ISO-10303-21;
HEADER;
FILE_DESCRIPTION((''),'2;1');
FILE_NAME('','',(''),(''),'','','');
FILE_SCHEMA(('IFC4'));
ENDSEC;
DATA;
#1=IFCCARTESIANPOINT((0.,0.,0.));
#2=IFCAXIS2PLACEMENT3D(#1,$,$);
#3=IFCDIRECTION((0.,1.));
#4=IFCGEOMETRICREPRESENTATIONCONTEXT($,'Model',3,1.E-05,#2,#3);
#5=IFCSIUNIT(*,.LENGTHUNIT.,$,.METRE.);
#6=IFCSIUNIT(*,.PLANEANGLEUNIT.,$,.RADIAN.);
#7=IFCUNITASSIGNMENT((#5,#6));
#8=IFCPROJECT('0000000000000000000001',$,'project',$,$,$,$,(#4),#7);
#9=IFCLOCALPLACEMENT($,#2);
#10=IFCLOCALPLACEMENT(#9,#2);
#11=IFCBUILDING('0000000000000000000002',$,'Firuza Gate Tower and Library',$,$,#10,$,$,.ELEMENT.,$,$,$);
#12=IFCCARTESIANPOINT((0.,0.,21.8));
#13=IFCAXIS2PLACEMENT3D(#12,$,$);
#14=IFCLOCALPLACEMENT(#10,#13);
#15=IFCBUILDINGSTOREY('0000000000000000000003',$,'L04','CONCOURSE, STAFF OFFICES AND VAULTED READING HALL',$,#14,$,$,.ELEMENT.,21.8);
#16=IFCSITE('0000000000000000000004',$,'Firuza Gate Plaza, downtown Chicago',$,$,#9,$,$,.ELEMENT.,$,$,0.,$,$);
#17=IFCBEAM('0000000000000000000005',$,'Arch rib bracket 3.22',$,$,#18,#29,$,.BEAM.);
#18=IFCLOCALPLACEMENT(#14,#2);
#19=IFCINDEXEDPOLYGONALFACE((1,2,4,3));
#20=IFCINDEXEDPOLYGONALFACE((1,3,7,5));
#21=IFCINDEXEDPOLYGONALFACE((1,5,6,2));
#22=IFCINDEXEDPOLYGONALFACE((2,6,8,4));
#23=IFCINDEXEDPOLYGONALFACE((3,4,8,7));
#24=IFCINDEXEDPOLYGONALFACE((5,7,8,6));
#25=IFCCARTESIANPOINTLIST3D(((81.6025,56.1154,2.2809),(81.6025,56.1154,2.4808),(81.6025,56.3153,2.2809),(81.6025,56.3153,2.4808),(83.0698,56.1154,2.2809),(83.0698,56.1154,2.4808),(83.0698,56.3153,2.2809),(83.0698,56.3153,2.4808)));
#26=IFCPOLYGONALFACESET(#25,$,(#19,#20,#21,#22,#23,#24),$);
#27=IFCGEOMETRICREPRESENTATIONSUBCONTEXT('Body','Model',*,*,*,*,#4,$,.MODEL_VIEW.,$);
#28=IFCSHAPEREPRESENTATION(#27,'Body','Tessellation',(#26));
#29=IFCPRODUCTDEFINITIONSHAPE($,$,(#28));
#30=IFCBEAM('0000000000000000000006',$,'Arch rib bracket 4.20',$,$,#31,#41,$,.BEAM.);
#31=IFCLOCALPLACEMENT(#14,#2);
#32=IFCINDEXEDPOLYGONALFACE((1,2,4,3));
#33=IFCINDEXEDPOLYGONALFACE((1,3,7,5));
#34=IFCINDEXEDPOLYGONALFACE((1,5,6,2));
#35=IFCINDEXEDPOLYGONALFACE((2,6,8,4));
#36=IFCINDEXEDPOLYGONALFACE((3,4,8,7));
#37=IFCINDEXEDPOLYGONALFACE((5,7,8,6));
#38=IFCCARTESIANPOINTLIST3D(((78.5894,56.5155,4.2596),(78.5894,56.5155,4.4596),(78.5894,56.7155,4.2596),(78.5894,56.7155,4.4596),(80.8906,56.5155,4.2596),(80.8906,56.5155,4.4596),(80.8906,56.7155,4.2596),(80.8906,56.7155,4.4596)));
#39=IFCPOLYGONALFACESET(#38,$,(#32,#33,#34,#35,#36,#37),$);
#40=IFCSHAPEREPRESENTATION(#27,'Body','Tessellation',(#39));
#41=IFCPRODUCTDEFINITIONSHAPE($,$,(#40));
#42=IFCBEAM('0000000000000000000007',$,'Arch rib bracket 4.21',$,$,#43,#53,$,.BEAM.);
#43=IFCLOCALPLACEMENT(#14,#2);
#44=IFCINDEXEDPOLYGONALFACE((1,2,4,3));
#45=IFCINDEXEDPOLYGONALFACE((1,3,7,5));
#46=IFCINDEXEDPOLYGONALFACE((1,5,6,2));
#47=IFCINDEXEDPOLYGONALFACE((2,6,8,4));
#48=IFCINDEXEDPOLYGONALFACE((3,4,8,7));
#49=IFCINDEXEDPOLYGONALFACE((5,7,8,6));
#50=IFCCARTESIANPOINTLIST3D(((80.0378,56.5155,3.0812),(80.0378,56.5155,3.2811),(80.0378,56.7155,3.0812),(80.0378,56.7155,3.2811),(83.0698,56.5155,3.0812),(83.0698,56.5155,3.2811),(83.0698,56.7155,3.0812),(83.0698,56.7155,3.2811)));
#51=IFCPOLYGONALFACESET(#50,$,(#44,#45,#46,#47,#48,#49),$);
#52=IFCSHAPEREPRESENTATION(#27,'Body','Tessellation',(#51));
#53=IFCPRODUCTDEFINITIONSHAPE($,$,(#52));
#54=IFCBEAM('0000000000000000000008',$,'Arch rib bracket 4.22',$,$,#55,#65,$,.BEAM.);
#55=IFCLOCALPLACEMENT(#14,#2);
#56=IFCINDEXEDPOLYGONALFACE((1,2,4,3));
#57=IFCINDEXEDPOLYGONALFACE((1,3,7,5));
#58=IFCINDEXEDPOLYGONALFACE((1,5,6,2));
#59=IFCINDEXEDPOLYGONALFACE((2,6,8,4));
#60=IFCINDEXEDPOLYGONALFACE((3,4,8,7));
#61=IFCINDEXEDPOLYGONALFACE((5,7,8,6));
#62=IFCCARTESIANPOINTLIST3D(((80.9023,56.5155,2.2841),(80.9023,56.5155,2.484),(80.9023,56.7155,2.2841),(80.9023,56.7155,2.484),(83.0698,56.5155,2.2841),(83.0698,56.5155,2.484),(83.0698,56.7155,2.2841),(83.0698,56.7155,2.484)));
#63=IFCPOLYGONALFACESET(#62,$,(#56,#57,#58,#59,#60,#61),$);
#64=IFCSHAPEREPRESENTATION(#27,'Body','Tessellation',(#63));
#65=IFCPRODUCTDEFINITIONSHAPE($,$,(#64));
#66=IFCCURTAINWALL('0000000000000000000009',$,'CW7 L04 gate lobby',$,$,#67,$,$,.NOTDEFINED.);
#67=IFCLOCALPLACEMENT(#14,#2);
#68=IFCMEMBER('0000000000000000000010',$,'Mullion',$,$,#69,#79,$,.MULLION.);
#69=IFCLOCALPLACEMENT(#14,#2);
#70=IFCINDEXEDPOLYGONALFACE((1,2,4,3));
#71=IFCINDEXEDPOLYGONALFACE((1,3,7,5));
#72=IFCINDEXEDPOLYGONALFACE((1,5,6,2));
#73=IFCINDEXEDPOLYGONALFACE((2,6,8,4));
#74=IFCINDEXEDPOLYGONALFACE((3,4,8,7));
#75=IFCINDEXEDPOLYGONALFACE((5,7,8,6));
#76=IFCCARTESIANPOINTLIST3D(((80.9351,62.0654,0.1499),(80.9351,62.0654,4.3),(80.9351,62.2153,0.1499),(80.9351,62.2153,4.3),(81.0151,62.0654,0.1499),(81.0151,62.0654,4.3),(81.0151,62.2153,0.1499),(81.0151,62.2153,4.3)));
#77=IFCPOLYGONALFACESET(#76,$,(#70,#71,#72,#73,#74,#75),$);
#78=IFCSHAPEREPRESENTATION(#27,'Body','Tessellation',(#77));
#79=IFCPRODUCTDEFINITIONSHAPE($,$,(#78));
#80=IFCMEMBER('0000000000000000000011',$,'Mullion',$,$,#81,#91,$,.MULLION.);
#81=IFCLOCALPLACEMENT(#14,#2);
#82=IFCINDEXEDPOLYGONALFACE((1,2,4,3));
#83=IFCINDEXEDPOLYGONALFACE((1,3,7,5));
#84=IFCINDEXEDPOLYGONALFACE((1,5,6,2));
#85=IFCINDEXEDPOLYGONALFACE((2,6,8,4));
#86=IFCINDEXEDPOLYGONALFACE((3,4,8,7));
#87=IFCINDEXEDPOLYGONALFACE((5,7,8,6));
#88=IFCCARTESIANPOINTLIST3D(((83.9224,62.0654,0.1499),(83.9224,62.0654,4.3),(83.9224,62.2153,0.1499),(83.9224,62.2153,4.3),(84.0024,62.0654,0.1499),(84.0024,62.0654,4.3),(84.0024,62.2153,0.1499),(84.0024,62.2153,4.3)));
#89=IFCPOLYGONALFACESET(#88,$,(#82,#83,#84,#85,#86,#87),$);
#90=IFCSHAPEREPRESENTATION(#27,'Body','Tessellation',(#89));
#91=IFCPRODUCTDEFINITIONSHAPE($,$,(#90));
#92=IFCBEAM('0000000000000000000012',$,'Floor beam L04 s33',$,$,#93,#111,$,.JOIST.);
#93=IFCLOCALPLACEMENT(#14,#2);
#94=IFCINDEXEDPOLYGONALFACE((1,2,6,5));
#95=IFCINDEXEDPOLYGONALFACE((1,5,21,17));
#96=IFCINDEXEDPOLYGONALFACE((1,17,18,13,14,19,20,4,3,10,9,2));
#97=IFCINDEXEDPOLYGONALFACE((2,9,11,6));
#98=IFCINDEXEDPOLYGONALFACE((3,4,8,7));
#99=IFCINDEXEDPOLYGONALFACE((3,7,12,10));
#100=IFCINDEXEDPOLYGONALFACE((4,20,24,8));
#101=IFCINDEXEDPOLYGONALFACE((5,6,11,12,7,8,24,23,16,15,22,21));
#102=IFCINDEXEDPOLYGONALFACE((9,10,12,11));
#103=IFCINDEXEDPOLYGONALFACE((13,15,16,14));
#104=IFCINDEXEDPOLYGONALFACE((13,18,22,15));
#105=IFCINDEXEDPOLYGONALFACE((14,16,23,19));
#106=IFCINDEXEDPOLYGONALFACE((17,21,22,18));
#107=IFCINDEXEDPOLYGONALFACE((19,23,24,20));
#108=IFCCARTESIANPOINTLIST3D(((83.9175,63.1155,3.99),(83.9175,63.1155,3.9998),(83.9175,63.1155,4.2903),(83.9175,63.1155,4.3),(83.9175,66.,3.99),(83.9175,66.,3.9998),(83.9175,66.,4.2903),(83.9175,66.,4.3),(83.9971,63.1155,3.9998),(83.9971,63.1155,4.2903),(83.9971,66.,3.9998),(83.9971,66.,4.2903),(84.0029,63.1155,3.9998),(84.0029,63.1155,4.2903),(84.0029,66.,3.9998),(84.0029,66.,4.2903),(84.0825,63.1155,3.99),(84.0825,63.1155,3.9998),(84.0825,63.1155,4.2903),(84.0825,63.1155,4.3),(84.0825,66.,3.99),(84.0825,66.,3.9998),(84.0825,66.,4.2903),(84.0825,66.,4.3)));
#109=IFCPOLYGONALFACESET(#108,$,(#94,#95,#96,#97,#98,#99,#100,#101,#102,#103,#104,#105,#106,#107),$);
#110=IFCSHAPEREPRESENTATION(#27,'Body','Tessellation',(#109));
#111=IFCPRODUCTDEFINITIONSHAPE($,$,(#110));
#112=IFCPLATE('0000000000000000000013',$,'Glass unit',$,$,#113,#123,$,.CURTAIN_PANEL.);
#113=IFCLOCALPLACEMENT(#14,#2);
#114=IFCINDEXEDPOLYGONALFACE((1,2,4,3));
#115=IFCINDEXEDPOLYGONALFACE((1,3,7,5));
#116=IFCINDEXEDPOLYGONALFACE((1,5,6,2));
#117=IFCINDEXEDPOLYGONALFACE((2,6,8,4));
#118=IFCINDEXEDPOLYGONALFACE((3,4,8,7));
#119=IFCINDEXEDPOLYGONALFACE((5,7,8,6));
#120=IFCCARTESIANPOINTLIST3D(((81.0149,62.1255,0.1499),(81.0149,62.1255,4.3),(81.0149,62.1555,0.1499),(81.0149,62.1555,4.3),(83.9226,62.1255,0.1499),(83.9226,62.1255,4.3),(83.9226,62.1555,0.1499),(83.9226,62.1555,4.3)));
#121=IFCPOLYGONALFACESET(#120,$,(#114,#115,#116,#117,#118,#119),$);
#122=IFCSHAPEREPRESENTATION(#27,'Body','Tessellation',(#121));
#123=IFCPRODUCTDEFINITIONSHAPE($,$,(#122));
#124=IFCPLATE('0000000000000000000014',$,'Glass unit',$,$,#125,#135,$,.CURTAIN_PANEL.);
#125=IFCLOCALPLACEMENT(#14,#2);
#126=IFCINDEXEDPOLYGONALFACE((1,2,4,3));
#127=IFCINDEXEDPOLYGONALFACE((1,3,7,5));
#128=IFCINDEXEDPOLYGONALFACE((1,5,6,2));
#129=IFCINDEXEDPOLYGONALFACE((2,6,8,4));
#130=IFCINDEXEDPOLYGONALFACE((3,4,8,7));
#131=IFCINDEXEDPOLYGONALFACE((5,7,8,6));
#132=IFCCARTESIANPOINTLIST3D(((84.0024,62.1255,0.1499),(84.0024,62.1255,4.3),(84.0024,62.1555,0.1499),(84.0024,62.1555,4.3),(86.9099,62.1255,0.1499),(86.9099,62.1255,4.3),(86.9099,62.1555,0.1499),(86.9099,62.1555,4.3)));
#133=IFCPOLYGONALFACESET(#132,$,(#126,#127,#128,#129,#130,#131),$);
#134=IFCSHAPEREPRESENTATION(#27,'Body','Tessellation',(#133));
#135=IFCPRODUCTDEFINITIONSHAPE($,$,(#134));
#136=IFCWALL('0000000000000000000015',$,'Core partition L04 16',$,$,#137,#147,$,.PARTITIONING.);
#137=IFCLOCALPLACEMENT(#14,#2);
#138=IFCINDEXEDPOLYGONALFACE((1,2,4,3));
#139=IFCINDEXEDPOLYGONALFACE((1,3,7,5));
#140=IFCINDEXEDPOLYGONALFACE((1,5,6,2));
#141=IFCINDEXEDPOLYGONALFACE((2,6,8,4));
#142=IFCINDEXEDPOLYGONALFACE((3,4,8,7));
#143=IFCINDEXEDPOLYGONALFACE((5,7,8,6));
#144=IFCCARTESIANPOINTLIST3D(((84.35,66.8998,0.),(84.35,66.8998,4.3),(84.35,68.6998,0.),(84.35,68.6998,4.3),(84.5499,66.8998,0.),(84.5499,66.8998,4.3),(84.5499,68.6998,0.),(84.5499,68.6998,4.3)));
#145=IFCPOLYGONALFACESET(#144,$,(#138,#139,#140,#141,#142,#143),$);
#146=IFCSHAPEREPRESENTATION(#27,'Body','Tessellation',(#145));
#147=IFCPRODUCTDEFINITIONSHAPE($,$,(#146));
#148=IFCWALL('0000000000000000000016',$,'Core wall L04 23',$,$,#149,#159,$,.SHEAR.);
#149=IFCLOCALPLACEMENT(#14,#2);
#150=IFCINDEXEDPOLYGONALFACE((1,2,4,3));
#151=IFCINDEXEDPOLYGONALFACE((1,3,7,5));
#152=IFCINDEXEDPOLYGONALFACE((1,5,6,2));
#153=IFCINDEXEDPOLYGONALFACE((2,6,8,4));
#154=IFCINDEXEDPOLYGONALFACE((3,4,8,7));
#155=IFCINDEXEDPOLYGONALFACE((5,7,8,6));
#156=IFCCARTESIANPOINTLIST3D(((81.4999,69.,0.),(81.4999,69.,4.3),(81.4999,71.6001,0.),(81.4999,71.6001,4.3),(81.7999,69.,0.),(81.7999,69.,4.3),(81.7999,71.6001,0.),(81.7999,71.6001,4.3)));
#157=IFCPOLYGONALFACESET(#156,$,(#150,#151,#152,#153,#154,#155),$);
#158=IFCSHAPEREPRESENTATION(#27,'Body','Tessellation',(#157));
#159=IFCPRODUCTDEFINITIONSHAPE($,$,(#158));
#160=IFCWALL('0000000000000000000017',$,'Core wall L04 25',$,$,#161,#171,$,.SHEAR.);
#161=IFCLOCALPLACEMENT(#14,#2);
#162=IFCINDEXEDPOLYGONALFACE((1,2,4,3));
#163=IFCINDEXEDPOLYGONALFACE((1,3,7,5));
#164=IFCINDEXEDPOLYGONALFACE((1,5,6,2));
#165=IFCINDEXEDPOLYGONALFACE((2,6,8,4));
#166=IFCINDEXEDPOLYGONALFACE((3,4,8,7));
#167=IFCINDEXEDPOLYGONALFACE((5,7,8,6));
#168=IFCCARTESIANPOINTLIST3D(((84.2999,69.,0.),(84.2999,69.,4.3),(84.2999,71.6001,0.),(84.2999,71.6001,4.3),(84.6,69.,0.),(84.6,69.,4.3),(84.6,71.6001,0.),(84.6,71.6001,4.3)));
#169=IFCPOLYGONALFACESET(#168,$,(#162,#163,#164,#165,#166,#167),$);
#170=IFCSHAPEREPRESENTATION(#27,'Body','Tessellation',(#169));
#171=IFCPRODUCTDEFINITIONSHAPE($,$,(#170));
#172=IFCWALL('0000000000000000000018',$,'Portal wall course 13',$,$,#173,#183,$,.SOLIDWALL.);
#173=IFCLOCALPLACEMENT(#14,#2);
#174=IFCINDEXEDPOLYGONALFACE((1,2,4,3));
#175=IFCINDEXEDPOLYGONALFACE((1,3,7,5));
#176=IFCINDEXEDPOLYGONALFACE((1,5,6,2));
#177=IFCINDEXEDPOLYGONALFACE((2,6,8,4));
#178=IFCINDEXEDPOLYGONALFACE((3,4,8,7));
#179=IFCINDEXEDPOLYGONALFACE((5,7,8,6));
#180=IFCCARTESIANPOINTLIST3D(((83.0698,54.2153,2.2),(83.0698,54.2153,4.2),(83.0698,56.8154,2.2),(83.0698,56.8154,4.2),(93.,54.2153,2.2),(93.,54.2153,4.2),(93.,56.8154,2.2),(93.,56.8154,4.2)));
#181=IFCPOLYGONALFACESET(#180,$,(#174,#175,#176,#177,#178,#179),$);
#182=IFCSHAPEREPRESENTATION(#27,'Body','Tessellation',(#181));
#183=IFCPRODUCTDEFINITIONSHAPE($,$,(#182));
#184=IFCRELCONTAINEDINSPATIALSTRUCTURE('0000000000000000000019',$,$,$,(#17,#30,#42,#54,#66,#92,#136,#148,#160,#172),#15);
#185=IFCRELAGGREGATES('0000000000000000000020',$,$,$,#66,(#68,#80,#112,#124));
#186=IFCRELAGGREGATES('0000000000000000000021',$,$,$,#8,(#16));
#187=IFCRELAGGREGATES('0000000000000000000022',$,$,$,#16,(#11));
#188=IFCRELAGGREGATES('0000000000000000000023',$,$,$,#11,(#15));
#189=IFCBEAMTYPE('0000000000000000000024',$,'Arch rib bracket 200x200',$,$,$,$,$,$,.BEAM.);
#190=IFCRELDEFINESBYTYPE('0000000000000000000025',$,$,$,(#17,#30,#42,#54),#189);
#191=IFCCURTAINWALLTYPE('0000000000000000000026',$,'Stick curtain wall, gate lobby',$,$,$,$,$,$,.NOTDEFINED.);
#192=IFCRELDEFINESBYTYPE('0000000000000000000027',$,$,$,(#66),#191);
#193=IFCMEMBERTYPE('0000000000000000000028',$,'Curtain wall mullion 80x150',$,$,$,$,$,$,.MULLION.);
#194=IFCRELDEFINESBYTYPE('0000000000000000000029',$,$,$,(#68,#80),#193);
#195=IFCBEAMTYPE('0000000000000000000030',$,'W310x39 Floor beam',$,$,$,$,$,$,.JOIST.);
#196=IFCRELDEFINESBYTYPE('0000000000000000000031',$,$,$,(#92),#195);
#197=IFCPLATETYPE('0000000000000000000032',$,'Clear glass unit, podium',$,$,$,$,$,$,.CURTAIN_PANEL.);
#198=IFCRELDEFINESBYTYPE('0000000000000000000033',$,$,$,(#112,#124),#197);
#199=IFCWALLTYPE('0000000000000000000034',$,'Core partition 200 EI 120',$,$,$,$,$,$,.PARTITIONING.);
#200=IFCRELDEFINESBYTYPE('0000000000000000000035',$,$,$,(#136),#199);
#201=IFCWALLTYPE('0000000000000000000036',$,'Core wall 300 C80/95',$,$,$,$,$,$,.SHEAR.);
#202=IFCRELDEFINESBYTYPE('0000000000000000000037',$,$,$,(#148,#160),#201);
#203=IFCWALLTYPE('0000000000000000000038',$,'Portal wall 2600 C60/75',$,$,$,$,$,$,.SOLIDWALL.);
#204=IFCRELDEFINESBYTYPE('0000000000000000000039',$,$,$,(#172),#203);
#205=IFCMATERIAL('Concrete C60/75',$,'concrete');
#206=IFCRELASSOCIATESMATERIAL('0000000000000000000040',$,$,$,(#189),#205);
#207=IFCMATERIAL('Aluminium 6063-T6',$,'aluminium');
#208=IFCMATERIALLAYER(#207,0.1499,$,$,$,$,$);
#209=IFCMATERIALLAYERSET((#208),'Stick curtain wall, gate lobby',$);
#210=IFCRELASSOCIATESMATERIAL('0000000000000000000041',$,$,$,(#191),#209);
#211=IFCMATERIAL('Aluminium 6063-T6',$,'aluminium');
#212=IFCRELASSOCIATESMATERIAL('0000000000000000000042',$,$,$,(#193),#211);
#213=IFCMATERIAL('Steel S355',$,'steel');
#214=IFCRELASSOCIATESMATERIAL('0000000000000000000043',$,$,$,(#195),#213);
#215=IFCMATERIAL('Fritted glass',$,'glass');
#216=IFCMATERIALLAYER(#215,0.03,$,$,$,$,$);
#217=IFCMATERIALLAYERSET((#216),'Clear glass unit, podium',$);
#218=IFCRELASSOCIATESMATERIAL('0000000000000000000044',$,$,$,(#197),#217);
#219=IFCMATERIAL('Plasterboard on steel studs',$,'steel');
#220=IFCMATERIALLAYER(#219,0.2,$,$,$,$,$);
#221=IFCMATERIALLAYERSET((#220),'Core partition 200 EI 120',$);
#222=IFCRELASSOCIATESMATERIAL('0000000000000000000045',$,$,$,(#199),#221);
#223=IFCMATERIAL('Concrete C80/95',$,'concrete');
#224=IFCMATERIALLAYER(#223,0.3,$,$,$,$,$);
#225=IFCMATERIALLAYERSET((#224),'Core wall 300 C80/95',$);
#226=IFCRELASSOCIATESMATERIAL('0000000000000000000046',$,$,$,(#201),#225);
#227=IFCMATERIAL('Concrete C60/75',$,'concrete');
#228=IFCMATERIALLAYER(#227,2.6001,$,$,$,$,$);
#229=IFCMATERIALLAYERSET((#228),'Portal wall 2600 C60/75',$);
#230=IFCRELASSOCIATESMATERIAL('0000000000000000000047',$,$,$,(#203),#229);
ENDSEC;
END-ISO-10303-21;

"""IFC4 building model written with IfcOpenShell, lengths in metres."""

from ifc_helpers import new_model, si_unit, direction, frame, frame_2d, origin, origin_2d, place, context, subcontext, project, spatial, polyline, rectangle, i_section, outline, extrude, material, layer, layer_set, material_profile, profile_set, type_object, element, aggregate, save


model = new_model("IFC4")

# Units and contexts
model_context = context("Model", 3, precision=1e-05, world=origin(), true_north=direction((0.0, 1.0)))
body_context = subcontext(model_context, "Body", "Model", "MODEL_VIEW")
ifc_project = project(units=[si_unit("LENGTHUNIT", "METRE"), si_unit("PLANEANGLEUNIT", "RADIAN")], contexts=[model_context])

# Site, building, storey
site_placement = place(None, origin())
site = spatial("IfcSite", under=ifc_project, at=site_placement, Name="Firuza Gate Plaza, downtown Chicago", CompositionType="ELEMENT", RefElevation=0.0)
building_placement = place(site_placement, origin())
building = spatial("IfcBuilding", under=site, at=building_placement, Name="Firuza Gate Tower and Library", CompositionType="ELEMENT")
storey_placement = place(building_placement, frame((0.0, 0.0, 21.8)))
storey = spatial("IfcBuildingStorey", under=building, at=storey_placement, Name="L04", Description="CONCOURSE, STAFF OFFICES AND VAULTED READING HALL", CompositionType="ELEMENT", Elevation=21.8)

# Beams
ifc_material_1 = material(Name="Concrete C60/75", Category="concrete")
ifc_material_profile_1 = material_profile(ifc_material_1, rectangle(XDim=0.2, YDim=0.2, at=origin_2d()))
ifc_profile_set_1 = profile_set([ifc_material_profile_1], Name="Concrete C60/75")
beam_type_1 = type_object("IfcBeamType", Name="Arch rib bracket 200x200", PredefinedType="BEAM", material=ifc_profile_set_1)
beam_1_placement = place(storey_placement, frame((83.0698, 56.2153, 2.3809), z_axis=(-1.0, 0.0, 0.0), x_axis=(0.0, -1.0, 0.0)))
element("IfcBeam", 1, at=beam_1_placement, inside=storey, type_object=beam_type_1, Name="Arch rib bracket 3.22", PredefinedType="BEAM", context=body_context, shape_type="SweptSolid", body=[
    extrude(rectangle(XDim=0.2, YDim=0.2, at=origin_2d()), origin(), (0.0, 0.0, 1.0), 1.4673),
])
beam_2_placement = place(storey_placement, frame((80.8906, 56.6155, 4.3596), z_axis=(-1.0, 0.0, 0.0), x_axis=(0.0, -1.0, 0.0)))
element("IfcBeam", 2, at=beam_2_placement, inside=storey, type_object=beam_type_1, Name="Arch rib bracket 4.20", PredefinedType="BEAM", context=body_context, shape_type="SweptSolid", body=[
    extrude(rectangle(XDim=0.2, YDim=0.2, at=origin_2d()), origin(), (0.0, 0.0, 1.0), 2.3013),
])
beam_3_placement = place(storey_placement, frame((83.0698, 56.6155, 3.1812), z_axis=(-1.0, 0.0, 0.0), x_axis=(0.0, -1.0, 0.0)))
element("IfcBeam", 3, at=beam_3_placement, inside=storey, type_object=beam_type_1, Name="Arch rib bracket 4.21", PredefinedType="BEAM", context=body_context, shape_type="SweptSolid", body=[
    extrude(rectangle(XDim=0.2, YDim=0.2, at=origin_2d()), origin(), (0.0, 0.0, 1.0), 3.032),
])
beam_4_placement = place(storey_placement, frame((83.0698, 56.6155, 2.384), z_axis=(-1.0, 0.0, 0.0), x_axis=(0.0, -1.0, 0.0)))
element("IfcBeam", 4, at=beam_4_placement, inside=storey, type_object=beam_type_1, Name="Arch rib bracket 4.22", PredefinedType="BEAM", context=body_context, shape_type="SweptSolid", body=[
    extrude(rectangle(XDim=0.2, YDim=0.2, at=origin_2d()), origin(), (0.0, 0.0, 1.0), 2.1675),
])

# Curtain wall, members
ifc_material_2 = material(Name="Aluminium 6063-T6", Category="aluminium")
ifc_layer_1 = layer(ifc_material_2, 0.1499)
ifc_layer_set_1 = layer_set([ifc_layer_1], Name="Stick curtain wall, gate lobby")
curtain_wall_type = type_object("IfcCurtainWallType", Name="Stick curtain wall, gate lobby", PredefinedType="NOTDEFINED", material=ifc_layer_set_1)
curtain_wall_placement = place(storey_placement, origin())
curtain_wall = element("IfcCurtainWall", 5, at=curtain_wall_placement, inside=storey, type_object=curtain_wall_type, Name="CW7 L04 gate lobby", PredefinedType="NOTDEFINED")
ifc_material_3 = material(Name="Aluminium 6063-T6", Category="aluminium")
ifc_material_profile_2 = material_profile(ifc_material_3, rectangle(XDim=0.1499, YDim=0.0801, at=origin_2d()))
ifc_profile_set_2 = profile_set([ifc_material_profile_2], Name="Aluminium 6063-T6")
member_type_1 = type_object("IfcMemberType", Name="Curtain wall mullion 80x150", PredefinedType="MULLION", material=ifc_profile_set_2)
member_1_placement = place(storey_placement, frame((80.9751, 62.1404, 0.1499), z_axis=(0.0, 0.0, 1.0), x_axis=(0.0, 1.0, 0.0)))
member_1 = element("IfcMember", 6, at=member_1_placement, type_object=member_type_1, Name="Mullion", PredefinedType="MULLION", context=body_context, shape_type="SweptSolid", body=[
    extrude(rectangle(XDim=0.1499, YDim=0.0801, at=origin_2d()), origin(), (0.0, 0.0, 1.0), 4.1501),
])
member_2_placement = place(storey_placement, frame((83.9624, 62.1404, 0.1499), z_axis=(0.0, 0.0, 1.0), x_axis=(0.0, 1.0, 0.0)))
member_2 = element("IfcMember", 7, at=member_2_placement, type_object=member_type_1, Name="Mullion", PredefinedType="MULLION", context=body_context, shape_type="SweptSolid", body=[
    extrude(rectangle(XDim=0.1499, YDim=0.0801, at=origin_2d()), origin(), (0.0, 0.0, 1.0), 4.1501),
])

# Beam
ifc_material_4 = material(Name="Steel S355", Category="steel")
ifc_material_profile_3 = material_profile(ifc_material_4, i_section(OverallWidth=0.165, OverallDepth=0.3101, WebThickness=0.0059, FlangeThickness=0.0098, at=origin_2d()))
ifc_profile_set_3 = profile_set([ifc_material_profile_3], Name="Steel S355")
beam_type_2 = type_object("IfcBeamType", Name="W310x39 Floor beam", PredefinedType="JOIST", material=ifc_profile_set_3)
beam_5_placement = place(storey_placement, frame((84.0, 63.1155, 4.145), z_axis=(0.0, 1.0, 0.0), x_axis=(-1.0, 0.0, 0.0)))
element("IfcBeam", 8, at=beam_5_placement, inside=storey, type_object=beam_type_2, Name="Floor beam L04 s33", PredefinedType="JOIST", context=body_context, shape_type="SweptSolid", body=[
    extrude(i_section(OverallWidth=0.165, OverallDepth=0.3101, WebThickness=0.0059, FlangeThickness=0.0098, at=origin_2d()), origin(), (0.0, 0.0, 1.0), 2.8845),
])

# Plates
ifc_material_5 = material(Name="Fritted glass", Category="glass")
ifc_layer_2 = layer(ifc_material_5, 0.03)
ifc_layer_set_2 = layer_set([ifc_layer_2], Name="Clear glass unit, podium")
plate_type = type_object("IfcPlateType", Name="Clear glass unit, podium", PredefinedType="CURTAIN_PANEL", material=ifc_layer_set_2)
plate_1_placement = place(storey_placement, frame((81.0149, 62.1255, 0.1499), z_axis=(0.0, -1.0, 0.0), x_axis=(1.0, 0.0, 0.0)))
plate_1 = element("IfcPlate", 9, at=plate_1_placement, type_object=plate_type, Name="Glass unit", PredefinedType="CURTAIN_PANEL", context=body_context, shape_type="SweptSolid", body=[
    extrude(outline(polyline([(0.0, 0.0), (2.9077, 0.0), (2.9077, 4.1501), (0.0, 4.1501), (0.0, 0.0)])), origin(), (0.0, 0.0, -1.0), 0.03),
])
plate_2_placement = place(storey_placement, frame((84.0024, 62.1255, 0.1499), z_axis=(0.0, -1.0, 0.0), x_axis=(1.0, 0.0, 0.0)))
plate_2 = element("IfcPlate", 10, at=plate_2_placement, type_object=plate_type, Name="Glass unit", PredefinedType="CURTAIN_PANEL", context=body_context, shape_type="SweptSolid", body=[
    extrude(outline(polyline([(0.0, 0.0), (2.9075, 0.0), (2.9075, 4.1501), (0.0, 4.1501), (0.0, 0.0)])), origin(), (0.0, 0.0, -1.0), 0.03),
])
aggregate(curtain_wall, [member_1, member_2, plate_1, plate_2])

# Walls
ifc_material_6 = material(Name="Plasterboard on steel studs", Category="steel")
ifc_layer_3 = layer(ifc_material_6, 0.2)
ifc_layer_set_3 = layer_set([ifc_layer_3], Name="Core partition 200 EI 120")
wall_type_1 = type_object("IfcWallType", Name="Core partition 200 EI 120", PredefinedType="PARTITIONING", material=ifc_layer_set_3)
wall_1_placement = place(storey_placement, frame((84.45, 66.8999, 0.0), z_axis=(0.0, 0.0, 1.0), x_axis=(0.0, 1.0, 0.0)))
element("IfcWall", 11, at=wall_1_placement, inside=storey, type_object=wall_type_1, Name="Core partition L04 16", PredefinedType="PARTITIONING", context=body_context, shape_type="SweptSolid", body=[
    extrude(rectangle(XDim=1.8, YDim=0.2, at=frame_2d((0.8999, 0.0))), origin(), (0.0, 0.0, 1.0), 4.3),
])
ifc_material_7 = material(Name="Concrete C80/95", Category="concrete")
ifc_layer_4 = layer(ifc_material_7, 0.3)
ifc_layer_set_4 = layer_set([ifc_layer_4], Name="Core wall 300 C80/95")
wall_type_2 = type_object("IfcWallType", Name="Core wall 300 C80/95", PredefinedType="SHEAR", material=ifc_layer_set_4)
for number, where, z_axis, x_axis, name in (
    (12, (81.6499, 69.0, 0.0), (0.0, 0.0, 1.0), (0.0, 1.0, 0.0), "Core wall L04 23"),
    (13, (84.45, 69.0, 0.0), (0.0, 0.0, 1.0), (0.0, 1.0, 0.0), "Core wall L04 25"),
):
    element("IfcWall", number, at=place(storey_placement, frame(where, z_axis=z_axis, x_axis=x_axis)), inside=storey, type_object=wall_type_2, Name=name, PredefinedType="SHEAR", context=body_context, shape_type="SweptSolid", body=[
        extrude(rectangle(XDim=2.6001, YDim=0.3, at=frame_2d((1.3, 0.0))), origin(), (0.0, 0.0, 1.0), 4.3),
    ])
ifc_material_8 = material(Name="Concrete C60/75", Category="concrete")
ifc_layer_5 = layer(ifc_material_8, 2.6001)
ifc_layer_set_5 = layer_set([ifc_layer_5], Name="Portal wall 2600 C60/75")
wall_type_3 = type_object("IfcWallType", Name="Portal wall 2600 C60/75", PredefinedType="SOLIDWALL", material=ifc_layer_set_5)
wall_2_placement = place(storey_placement, frame((83.0698, 55.5154, 2.2), z_axis=(0.0, 0.0, 1.0), x_axis=(1.0, 0.0, 0.0)))
element("IfcWall", 14, at=wall_2_placement, inside=storey, type_object=wall_type_3, Name="Portal wall course 13", PredefinedType="SOLIDWALL", context=body_context, shape_type="SweptSolid", body=[
    extrude(rectangle(XDim=9.9302, YDim=2.6001, at=frame_2d((4.9651, 0.0))), origin(), (0.0, 0.0, 1.0), 2.0),
])

save(model, "model.ifc")
